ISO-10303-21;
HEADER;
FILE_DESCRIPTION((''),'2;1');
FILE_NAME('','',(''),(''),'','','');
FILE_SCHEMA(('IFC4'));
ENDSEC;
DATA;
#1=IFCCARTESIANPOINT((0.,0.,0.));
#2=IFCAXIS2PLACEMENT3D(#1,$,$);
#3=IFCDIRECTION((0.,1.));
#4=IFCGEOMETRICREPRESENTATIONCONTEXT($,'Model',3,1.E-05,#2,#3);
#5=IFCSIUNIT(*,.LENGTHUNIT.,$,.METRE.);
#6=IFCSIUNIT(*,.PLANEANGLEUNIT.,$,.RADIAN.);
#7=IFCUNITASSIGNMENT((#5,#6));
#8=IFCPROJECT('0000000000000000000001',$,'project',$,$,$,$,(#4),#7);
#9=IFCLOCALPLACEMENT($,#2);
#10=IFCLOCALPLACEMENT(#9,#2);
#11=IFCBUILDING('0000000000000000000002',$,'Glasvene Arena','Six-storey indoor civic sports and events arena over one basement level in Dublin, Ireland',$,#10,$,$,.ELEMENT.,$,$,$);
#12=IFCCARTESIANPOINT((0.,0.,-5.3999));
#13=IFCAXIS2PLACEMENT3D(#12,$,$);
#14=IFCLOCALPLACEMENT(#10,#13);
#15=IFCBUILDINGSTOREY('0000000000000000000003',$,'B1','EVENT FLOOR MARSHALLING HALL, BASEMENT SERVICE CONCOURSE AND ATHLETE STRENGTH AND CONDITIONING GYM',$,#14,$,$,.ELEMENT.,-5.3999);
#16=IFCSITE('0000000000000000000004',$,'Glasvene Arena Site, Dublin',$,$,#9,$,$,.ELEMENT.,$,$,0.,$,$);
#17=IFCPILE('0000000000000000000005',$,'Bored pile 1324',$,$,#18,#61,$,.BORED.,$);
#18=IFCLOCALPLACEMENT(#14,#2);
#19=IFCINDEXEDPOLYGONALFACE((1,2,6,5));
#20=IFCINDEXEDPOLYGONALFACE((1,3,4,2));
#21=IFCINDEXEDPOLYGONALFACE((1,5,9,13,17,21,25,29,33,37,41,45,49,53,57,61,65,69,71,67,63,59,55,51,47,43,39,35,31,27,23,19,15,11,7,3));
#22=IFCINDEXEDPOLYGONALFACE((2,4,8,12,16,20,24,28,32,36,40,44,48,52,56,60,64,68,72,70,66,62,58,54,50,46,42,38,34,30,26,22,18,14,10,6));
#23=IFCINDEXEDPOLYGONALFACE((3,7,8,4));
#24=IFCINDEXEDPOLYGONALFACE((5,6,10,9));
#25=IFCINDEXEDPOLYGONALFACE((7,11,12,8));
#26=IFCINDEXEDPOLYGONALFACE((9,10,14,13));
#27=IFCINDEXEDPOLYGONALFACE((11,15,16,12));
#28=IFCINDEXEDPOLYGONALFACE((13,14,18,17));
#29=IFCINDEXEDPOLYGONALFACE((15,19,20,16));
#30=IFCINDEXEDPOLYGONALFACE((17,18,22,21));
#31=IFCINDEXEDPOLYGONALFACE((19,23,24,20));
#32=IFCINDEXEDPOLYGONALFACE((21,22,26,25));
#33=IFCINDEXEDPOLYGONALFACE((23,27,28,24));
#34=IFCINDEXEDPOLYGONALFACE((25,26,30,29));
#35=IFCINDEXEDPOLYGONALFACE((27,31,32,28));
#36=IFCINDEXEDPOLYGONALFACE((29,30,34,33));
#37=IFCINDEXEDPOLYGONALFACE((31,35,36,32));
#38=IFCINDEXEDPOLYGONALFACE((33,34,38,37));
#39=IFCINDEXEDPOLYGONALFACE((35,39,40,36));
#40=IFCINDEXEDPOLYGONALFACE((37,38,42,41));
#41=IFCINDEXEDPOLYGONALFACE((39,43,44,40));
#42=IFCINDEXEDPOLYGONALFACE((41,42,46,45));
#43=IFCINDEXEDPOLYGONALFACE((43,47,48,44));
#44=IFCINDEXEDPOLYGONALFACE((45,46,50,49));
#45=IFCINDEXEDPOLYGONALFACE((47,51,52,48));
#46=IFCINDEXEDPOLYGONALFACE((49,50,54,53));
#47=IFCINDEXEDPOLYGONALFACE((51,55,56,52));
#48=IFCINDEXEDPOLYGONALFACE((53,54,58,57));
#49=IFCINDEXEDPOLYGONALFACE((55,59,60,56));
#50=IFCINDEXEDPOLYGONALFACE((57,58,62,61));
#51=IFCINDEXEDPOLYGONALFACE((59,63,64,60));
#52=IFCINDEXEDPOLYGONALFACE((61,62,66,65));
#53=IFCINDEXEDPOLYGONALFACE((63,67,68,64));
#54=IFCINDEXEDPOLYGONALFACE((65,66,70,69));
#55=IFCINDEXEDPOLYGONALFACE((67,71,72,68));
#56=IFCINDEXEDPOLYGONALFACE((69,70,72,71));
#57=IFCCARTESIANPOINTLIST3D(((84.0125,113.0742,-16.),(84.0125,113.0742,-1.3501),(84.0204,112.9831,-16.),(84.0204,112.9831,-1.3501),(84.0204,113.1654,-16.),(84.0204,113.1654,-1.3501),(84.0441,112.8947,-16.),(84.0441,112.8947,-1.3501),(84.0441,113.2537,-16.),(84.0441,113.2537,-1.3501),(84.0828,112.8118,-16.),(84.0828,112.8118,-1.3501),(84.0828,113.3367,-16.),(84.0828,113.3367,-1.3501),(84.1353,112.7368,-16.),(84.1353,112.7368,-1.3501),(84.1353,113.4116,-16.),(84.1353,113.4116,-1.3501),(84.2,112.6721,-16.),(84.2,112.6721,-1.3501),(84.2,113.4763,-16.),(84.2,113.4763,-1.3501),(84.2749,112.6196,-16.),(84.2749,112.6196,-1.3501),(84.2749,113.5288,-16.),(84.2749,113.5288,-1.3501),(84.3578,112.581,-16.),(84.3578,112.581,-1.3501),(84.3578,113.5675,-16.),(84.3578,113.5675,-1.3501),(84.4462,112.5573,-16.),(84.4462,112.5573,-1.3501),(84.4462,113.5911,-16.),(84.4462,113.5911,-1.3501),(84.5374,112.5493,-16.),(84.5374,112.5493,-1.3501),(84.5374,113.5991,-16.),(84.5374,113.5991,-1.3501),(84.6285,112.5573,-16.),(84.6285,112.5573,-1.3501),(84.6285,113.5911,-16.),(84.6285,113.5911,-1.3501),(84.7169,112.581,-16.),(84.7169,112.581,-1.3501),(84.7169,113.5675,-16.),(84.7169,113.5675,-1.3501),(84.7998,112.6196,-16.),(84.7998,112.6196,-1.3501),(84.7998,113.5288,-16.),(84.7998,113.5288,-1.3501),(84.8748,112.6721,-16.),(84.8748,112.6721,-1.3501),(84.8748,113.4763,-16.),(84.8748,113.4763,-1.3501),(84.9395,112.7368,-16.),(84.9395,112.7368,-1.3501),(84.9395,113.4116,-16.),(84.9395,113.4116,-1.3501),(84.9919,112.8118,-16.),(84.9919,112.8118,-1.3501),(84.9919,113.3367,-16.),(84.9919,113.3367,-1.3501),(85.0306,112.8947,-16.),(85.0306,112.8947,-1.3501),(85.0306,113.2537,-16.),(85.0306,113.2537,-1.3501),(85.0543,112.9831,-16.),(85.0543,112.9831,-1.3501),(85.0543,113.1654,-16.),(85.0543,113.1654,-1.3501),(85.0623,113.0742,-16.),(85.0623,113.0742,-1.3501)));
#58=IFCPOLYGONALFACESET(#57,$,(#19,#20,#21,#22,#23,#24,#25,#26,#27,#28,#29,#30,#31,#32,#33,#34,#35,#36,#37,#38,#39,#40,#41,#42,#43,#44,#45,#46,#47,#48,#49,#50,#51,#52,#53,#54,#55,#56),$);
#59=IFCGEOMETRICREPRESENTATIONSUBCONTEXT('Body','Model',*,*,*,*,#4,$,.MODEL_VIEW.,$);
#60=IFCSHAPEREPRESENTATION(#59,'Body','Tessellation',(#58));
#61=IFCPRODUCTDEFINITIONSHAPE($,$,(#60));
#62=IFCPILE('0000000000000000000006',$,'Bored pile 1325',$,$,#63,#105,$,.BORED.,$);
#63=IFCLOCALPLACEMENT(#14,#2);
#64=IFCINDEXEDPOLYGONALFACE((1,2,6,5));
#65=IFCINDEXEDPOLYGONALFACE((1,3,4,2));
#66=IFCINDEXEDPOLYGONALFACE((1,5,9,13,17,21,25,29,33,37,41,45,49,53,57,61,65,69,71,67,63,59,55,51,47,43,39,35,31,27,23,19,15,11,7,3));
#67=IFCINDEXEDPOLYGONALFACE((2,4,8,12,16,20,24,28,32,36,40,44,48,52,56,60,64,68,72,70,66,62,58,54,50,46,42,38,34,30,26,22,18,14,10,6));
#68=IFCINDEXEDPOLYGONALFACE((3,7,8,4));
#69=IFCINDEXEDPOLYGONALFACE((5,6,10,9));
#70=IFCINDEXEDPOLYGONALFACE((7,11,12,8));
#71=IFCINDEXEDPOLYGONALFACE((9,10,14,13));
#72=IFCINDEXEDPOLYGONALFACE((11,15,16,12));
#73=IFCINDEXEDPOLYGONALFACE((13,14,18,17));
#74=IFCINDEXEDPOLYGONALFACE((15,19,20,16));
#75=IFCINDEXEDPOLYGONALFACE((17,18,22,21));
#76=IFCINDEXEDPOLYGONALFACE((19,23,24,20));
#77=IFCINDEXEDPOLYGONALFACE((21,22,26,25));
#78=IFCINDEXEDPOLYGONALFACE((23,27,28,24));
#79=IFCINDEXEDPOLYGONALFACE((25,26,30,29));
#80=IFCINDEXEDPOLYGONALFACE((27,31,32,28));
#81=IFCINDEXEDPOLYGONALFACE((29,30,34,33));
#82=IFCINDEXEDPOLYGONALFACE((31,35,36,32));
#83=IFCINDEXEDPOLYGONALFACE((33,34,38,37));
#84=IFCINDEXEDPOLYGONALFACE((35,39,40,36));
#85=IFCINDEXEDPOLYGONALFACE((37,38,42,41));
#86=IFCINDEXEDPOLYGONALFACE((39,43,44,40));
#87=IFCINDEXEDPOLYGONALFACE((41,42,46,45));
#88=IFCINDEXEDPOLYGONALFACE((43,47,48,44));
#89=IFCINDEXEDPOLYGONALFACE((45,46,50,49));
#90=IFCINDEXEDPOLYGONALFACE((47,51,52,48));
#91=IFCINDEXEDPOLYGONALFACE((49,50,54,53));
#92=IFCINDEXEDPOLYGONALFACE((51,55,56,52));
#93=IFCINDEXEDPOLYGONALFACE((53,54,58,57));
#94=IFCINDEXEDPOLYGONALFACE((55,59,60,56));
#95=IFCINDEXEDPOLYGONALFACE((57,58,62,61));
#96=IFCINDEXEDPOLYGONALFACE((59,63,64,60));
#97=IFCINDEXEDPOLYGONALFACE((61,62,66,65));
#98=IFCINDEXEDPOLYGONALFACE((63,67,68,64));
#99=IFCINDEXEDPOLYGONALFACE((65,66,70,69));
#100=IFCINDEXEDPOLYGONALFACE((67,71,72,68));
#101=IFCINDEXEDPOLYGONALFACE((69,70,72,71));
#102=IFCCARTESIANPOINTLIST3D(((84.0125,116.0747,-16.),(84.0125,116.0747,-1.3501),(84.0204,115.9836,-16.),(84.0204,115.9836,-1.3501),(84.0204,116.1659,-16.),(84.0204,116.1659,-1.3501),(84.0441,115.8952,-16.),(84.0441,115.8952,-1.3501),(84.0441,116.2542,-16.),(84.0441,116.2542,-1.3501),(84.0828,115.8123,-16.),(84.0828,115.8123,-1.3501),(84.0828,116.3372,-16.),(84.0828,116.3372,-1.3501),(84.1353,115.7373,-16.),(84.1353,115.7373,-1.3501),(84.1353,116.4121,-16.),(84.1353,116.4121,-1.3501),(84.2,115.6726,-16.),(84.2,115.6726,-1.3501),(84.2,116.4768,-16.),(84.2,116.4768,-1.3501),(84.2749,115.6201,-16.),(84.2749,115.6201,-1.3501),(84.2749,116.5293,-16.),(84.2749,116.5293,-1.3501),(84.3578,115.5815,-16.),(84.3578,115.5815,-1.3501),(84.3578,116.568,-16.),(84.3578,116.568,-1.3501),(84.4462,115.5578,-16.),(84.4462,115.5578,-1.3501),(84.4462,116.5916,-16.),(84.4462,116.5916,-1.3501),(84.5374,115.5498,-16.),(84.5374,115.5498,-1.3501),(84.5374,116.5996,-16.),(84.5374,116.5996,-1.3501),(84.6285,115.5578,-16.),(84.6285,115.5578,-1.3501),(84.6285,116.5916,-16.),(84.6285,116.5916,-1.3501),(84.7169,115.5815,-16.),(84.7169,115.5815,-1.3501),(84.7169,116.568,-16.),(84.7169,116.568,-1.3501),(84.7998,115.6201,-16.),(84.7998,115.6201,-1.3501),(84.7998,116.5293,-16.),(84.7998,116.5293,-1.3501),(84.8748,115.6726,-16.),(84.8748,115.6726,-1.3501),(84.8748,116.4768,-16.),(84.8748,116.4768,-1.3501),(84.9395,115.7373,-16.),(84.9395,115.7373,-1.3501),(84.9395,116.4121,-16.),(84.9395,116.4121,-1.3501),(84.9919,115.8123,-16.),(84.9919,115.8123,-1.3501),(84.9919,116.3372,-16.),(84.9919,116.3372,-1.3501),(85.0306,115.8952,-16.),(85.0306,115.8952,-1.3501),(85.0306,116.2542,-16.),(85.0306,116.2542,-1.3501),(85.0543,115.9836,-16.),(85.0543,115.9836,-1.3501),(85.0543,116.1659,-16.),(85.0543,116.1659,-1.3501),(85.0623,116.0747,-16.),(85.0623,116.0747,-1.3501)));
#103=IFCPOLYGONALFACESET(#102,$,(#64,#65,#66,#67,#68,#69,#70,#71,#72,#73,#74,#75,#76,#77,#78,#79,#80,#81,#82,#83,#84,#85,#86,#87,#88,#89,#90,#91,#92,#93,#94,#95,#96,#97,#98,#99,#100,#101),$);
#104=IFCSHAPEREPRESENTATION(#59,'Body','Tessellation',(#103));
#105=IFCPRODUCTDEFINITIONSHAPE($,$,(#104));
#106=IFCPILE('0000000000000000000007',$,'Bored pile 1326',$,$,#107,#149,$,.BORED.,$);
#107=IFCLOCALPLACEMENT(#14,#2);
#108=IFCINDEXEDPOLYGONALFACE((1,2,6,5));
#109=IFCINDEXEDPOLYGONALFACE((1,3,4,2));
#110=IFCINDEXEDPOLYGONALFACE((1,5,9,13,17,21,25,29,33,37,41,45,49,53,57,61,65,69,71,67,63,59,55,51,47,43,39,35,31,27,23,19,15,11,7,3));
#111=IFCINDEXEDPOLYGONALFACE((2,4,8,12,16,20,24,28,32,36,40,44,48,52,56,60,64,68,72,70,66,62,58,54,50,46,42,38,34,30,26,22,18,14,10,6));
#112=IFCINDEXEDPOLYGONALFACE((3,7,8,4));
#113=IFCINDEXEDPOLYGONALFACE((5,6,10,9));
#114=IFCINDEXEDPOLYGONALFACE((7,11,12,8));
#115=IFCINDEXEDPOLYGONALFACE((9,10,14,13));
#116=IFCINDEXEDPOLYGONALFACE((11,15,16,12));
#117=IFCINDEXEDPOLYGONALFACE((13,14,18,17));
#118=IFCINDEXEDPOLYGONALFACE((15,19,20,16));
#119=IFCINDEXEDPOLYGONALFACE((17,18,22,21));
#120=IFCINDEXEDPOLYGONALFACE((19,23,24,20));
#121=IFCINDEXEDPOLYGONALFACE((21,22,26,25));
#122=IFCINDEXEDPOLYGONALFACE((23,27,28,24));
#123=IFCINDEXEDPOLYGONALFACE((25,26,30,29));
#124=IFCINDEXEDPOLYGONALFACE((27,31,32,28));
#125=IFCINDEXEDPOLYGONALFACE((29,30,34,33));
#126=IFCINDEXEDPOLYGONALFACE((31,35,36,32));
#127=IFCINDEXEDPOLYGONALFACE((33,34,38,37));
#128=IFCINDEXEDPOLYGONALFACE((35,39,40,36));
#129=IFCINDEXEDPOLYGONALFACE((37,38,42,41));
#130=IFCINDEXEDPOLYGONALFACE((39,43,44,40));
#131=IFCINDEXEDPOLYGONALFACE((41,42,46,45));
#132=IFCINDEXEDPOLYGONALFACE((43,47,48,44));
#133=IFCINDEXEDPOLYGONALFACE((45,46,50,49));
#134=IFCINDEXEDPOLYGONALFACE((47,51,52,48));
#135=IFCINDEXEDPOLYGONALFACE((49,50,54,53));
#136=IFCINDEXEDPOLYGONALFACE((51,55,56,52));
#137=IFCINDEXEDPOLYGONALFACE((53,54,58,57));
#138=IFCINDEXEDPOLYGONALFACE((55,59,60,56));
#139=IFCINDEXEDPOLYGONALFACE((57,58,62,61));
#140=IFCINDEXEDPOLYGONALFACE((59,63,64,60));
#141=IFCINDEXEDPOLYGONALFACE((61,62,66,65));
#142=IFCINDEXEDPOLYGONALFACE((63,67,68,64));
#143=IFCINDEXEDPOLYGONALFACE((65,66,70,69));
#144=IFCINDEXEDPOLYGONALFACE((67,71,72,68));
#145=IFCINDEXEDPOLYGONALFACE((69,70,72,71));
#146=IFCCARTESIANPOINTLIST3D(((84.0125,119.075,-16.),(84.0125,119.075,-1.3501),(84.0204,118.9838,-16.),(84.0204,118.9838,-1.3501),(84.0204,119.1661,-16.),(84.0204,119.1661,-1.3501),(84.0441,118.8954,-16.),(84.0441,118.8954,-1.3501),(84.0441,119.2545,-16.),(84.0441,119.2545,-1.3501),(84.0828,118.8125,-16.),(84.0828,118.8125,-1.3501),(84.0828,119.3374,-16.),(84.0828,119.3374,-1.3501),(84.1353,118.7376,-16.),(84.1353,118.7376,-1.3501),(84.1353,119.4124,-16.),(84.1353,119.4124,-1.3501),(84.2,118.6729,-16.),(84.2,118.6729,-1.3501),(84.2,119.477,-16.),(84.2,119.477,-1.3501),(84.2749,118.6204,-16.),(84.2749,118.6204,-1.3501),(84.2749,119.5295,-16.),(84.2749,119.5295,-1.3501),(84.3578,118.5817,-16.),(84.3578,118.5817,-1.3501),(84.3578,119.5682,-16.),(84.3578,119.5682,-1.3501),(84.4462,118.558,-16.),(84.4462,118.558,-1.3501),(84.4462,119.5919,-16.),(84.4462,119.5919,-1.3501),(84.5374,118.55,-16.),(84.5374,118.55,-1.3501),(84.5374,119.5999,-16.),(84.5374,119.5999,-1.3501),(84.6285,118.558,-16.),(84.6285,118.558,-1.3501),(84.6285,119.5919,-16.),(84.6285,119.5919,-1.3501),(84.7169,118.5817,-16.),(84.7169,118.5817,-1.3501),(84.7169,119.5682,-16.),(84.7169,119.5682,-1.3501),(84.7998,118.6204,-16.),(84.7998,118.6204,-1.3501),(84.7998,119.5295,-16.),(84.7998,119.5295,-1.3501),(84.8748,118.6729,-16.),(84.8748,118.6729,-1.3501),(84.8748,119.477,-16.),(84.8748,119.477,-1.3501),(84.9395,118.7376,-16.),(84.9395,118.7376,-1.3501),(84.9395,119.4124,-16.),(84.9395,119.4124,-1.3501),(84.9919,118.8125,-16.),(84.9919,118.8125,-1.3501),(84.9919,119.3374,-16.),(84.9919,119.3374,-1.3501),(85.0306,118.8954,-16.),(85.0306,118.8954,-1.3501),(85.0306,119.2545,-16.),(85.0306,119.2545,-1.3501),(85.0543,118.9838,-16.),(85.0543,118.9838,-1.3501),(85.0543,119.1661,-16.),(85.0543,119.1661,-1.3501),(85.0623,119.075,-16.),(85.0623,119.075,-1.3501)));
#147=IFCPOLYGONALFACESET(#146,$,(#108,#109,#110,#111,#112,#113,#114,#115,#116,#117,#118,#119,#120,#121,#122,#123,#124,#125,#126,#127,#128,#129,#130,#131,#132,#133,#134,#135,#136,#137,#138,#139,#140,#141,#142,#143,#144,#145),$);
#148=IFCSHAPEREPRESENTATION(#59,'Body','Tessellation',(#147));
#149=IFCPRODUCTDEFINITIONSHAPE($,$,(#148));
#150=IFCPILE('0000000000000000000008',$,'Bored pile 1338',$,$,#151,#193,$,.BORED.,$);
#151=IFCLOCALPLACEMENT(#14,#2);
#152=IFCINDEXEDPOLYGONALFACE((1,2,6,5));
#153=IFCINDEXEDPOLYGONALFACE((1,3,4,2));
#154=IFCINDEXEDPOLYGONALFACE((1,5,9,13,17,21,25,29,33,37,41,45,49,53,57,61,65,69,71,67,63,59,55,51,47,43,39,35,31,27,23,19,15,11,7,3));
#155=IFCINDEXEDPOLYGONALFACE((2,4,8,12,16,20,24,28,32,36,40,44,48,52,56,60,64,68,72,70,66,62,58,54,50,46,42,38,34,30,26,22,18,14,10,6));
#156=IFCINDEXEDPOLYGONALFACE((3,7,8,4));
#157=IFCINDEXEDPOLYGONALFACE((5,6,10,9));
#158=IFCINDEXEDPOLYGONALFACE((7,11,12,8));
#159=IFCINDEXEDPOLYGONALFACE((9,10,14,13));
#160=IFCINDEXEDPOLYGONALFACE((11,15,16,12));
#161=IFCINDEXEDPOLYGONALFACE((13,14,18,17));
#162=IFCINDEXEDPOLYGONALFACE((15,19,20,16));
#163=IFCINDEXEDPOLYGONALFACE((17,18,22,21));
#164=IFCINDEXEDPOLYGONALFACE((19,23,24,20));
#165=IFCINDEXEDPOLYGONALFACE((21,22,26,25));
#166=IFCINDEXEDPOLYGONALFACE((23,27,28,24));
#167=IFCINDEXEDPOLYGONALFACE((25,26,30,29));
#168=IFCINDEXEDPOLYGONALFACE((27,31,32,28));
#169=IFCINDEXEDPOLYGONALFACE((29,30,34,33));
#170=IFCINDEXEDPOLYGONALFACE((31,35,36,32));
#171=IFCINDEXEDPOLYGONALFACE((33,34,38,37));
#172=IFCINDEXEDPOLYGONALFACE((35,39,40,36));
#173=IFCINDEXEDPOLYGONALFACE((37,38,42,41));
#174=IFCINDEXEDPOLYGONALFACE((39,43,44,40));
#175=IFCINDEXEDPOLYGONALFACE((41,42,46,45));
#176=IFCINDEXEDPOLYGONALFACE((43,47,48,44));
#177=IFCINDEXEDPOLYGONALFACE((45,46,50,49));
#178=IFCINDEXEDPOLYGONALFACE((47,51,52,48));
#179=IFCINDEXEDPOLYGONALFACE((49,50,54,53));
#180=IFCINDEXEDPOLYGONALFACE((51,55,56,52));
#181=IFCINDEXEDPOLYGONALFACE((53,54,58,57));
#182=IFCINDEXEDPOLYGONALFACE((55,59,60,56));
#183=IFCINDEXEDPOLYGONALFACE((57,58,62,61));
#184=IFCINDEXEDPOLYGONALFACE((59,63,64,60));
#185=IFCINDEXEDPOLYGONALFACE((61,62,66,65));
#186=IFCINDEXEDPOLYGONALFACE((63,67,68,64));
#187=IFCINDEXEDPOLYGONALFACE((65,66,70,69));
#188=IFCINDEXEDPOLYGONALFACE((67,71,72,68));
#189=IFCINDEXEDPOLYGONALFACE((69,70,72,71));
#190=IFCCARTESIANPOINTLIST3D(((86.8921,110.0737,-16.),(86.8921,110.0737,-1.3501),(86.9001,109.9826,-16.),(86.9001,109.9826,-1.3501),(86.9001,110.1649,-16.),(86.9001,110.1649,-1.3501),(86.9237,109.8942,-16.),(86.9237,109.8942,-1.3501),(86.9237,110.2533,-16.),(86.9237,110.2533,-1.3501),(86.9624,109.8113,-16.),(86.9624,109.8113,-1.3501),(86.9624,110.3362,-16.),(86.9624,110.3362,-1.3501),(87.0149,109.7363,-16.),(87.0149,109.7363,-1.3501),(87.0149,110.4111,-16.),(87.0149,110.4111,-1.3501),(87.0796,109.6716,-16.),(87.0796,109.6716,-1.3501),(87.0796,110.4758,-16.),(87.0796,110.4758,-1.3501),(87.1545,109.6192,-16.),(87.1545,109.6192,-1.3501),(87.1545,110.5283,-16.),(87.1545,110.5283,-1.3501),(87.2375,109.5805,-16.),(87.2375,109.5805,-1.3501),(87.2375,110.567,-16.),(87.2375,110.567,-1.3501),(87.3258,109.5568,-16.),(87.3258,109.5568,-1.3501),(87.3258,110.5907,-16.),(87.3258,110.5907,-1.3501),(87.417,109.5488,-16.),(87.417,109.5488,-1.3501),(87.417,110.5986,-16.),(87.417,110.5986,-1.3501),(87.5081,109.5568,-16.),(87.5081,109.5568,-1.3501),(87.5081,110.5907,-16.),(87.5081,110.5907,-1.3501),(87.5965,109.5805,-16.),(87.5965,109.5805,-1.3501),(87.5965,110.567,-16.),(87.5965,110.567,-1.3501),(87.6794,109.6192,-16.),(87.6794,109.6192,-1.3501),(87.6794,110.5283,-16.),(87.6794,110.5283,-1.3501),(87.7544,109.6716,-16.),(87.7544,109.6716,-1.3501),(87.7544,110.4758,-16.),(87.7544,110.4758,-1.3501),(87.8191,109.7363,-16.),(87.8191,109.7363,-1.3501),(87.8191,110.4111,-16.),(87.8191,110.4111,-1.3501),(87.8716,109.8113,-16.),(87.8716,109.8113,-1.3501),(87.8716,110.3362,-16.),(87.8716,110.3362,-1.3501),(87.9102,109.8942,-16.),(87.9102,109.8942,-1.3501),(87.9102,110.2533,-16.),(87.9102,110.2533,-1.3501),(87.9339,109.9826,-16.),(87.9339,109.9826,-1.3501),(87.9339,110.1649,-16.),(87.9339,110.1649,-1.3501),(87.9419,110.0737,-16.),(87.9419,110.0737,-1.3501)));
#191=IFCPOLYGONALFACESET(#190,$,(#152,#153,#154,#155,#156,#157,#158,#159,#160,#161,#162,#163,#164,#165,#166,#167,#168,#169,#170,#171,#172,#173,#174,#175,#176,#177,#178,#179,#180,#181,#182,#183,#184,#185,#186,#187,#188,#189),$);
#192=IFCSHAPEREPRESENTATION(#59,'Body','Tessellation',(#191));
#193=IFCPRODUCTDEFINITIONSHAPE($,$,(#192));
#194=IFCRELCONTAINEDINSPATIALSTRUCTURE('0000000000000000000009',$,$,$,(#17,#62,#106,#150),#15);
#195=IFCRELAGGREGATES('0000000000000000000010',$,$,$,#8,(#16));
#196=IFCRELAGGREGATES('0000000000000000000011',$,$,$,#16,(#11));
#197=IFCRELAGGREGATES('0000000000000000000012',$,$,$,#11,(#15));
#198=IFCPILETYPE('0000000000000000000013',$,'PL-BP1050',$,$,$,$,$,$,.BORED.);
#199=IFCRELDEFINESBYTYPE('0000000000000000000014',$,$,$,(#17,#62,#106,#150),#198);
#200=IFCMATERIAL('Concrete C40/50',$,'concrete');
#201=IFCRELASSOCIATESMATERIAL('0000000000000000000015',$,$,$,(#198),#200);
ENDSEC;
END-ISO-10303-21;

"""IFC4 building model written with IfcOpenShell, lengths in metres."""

from ifc_helpers import new_model, si_unit, direction, frame, origin, origin_2d, place, context, subcontext, project, spatial, circle, extrude, material, material_profile, profile_set, type_object, element, save


model = new_model("IFC4")

# Units and contexts
model_context = context("Model", 3, precision=1e-05, world=origin(), true_north=direction((0.0, 1.0)))
body_context = subcontext(model_context, "Body", "Model", "MODEL_VIEW")
ifc_project = project(units=[si_unit("LENGTHUNIT", "METRE"), si_unit("PLANEANGLEUNIT", "RADIAN")], contexts=[model_context])

# Site, building, storey
site_placement = place(None, origin())
site = spatial("IfcSite", under=ifc_project, at=site_placement, Name="Glasvene Arena Site, Dublin", CompositionType="ELEMENT", RefElevation=0.0)
building_placement = place(site_placement, origin())
building = spatial("IfcBuilding", under=site, at=building_placement, Name="Glasvene Arena", Description="Six-storey indoor civic sports and events arena over one basement level in Dublin, Ireland", CompositionType="ELEMENT")
storey_placement = place(building_placement, frame((0.0, 0.0, -5.3999)))
storey = spatial("IfcBuildingStorey", under=building, at=storey_placement, Name="B1", Description="EVENT FLOOR MARSHALLING HALL, BASEMENT SERVICE CONCOURSE AND ATHLETE STRENGTH AND CONDITIONING GYM", CompositionType="ELEMENT", Elevation=-5.3999)

# Shared definitions
ifc_material_1 = material(Name="Concrete C40/50", Category="concrete")

# Piles
ifc_material_profile_1 = material_profile(ifc_material_1, circle(Radius=0.5249, at=origin_2d()), Name="BORED PILE 1050")
ifc_profile_set_1 = profile_set([ifc_material_profile_1], Name="Concrete C40/50")
pile_type_1 = type_object("IfcPileType", Name="PL-BP1050", PredefinedType="BORED", material=ifc_profile_set_1)
for number, where, z_axis, x_axis, name in (
    (1, (84.5374, 113.0742, -1.3501), (0.0, 0.0, -1.0), (1.0, 0.0, 0.0), "Bored pile 1324"),
    (2, (84.5374, 116.0747, -1.3501), (0.0, 0.0, -1.0), (1.0, 0.0, 0.0), "Bored pile 1325"),
    (3, (84.5374, 119.075, -1.3501), (0.0, 0.0, -1.0), (1.0, 0.0, 0.0), "Bored pile 1326"),
    (4, (87.417, 110.0737, -1.3501), (0.0, 0.0, -1.0), (1.0, 0.0, 0.0), "Bored pile 1338"),
):
    element("IfcPile", number, at=place(storey_placement, frame(where, z_axis=z_axis, x_axis=x_axis)), inside=storey, type_object=pile_type_1, Name=name, PredefinedType="BORED", context=body_context, shape_type="SweptSolid", body=[
        extrude(circle(Radius=0.5249, at=origin_2d()), origin(), (0.0, 0.0, 1.0), 14.6499),
    ])

save(model, "model.ifc")
